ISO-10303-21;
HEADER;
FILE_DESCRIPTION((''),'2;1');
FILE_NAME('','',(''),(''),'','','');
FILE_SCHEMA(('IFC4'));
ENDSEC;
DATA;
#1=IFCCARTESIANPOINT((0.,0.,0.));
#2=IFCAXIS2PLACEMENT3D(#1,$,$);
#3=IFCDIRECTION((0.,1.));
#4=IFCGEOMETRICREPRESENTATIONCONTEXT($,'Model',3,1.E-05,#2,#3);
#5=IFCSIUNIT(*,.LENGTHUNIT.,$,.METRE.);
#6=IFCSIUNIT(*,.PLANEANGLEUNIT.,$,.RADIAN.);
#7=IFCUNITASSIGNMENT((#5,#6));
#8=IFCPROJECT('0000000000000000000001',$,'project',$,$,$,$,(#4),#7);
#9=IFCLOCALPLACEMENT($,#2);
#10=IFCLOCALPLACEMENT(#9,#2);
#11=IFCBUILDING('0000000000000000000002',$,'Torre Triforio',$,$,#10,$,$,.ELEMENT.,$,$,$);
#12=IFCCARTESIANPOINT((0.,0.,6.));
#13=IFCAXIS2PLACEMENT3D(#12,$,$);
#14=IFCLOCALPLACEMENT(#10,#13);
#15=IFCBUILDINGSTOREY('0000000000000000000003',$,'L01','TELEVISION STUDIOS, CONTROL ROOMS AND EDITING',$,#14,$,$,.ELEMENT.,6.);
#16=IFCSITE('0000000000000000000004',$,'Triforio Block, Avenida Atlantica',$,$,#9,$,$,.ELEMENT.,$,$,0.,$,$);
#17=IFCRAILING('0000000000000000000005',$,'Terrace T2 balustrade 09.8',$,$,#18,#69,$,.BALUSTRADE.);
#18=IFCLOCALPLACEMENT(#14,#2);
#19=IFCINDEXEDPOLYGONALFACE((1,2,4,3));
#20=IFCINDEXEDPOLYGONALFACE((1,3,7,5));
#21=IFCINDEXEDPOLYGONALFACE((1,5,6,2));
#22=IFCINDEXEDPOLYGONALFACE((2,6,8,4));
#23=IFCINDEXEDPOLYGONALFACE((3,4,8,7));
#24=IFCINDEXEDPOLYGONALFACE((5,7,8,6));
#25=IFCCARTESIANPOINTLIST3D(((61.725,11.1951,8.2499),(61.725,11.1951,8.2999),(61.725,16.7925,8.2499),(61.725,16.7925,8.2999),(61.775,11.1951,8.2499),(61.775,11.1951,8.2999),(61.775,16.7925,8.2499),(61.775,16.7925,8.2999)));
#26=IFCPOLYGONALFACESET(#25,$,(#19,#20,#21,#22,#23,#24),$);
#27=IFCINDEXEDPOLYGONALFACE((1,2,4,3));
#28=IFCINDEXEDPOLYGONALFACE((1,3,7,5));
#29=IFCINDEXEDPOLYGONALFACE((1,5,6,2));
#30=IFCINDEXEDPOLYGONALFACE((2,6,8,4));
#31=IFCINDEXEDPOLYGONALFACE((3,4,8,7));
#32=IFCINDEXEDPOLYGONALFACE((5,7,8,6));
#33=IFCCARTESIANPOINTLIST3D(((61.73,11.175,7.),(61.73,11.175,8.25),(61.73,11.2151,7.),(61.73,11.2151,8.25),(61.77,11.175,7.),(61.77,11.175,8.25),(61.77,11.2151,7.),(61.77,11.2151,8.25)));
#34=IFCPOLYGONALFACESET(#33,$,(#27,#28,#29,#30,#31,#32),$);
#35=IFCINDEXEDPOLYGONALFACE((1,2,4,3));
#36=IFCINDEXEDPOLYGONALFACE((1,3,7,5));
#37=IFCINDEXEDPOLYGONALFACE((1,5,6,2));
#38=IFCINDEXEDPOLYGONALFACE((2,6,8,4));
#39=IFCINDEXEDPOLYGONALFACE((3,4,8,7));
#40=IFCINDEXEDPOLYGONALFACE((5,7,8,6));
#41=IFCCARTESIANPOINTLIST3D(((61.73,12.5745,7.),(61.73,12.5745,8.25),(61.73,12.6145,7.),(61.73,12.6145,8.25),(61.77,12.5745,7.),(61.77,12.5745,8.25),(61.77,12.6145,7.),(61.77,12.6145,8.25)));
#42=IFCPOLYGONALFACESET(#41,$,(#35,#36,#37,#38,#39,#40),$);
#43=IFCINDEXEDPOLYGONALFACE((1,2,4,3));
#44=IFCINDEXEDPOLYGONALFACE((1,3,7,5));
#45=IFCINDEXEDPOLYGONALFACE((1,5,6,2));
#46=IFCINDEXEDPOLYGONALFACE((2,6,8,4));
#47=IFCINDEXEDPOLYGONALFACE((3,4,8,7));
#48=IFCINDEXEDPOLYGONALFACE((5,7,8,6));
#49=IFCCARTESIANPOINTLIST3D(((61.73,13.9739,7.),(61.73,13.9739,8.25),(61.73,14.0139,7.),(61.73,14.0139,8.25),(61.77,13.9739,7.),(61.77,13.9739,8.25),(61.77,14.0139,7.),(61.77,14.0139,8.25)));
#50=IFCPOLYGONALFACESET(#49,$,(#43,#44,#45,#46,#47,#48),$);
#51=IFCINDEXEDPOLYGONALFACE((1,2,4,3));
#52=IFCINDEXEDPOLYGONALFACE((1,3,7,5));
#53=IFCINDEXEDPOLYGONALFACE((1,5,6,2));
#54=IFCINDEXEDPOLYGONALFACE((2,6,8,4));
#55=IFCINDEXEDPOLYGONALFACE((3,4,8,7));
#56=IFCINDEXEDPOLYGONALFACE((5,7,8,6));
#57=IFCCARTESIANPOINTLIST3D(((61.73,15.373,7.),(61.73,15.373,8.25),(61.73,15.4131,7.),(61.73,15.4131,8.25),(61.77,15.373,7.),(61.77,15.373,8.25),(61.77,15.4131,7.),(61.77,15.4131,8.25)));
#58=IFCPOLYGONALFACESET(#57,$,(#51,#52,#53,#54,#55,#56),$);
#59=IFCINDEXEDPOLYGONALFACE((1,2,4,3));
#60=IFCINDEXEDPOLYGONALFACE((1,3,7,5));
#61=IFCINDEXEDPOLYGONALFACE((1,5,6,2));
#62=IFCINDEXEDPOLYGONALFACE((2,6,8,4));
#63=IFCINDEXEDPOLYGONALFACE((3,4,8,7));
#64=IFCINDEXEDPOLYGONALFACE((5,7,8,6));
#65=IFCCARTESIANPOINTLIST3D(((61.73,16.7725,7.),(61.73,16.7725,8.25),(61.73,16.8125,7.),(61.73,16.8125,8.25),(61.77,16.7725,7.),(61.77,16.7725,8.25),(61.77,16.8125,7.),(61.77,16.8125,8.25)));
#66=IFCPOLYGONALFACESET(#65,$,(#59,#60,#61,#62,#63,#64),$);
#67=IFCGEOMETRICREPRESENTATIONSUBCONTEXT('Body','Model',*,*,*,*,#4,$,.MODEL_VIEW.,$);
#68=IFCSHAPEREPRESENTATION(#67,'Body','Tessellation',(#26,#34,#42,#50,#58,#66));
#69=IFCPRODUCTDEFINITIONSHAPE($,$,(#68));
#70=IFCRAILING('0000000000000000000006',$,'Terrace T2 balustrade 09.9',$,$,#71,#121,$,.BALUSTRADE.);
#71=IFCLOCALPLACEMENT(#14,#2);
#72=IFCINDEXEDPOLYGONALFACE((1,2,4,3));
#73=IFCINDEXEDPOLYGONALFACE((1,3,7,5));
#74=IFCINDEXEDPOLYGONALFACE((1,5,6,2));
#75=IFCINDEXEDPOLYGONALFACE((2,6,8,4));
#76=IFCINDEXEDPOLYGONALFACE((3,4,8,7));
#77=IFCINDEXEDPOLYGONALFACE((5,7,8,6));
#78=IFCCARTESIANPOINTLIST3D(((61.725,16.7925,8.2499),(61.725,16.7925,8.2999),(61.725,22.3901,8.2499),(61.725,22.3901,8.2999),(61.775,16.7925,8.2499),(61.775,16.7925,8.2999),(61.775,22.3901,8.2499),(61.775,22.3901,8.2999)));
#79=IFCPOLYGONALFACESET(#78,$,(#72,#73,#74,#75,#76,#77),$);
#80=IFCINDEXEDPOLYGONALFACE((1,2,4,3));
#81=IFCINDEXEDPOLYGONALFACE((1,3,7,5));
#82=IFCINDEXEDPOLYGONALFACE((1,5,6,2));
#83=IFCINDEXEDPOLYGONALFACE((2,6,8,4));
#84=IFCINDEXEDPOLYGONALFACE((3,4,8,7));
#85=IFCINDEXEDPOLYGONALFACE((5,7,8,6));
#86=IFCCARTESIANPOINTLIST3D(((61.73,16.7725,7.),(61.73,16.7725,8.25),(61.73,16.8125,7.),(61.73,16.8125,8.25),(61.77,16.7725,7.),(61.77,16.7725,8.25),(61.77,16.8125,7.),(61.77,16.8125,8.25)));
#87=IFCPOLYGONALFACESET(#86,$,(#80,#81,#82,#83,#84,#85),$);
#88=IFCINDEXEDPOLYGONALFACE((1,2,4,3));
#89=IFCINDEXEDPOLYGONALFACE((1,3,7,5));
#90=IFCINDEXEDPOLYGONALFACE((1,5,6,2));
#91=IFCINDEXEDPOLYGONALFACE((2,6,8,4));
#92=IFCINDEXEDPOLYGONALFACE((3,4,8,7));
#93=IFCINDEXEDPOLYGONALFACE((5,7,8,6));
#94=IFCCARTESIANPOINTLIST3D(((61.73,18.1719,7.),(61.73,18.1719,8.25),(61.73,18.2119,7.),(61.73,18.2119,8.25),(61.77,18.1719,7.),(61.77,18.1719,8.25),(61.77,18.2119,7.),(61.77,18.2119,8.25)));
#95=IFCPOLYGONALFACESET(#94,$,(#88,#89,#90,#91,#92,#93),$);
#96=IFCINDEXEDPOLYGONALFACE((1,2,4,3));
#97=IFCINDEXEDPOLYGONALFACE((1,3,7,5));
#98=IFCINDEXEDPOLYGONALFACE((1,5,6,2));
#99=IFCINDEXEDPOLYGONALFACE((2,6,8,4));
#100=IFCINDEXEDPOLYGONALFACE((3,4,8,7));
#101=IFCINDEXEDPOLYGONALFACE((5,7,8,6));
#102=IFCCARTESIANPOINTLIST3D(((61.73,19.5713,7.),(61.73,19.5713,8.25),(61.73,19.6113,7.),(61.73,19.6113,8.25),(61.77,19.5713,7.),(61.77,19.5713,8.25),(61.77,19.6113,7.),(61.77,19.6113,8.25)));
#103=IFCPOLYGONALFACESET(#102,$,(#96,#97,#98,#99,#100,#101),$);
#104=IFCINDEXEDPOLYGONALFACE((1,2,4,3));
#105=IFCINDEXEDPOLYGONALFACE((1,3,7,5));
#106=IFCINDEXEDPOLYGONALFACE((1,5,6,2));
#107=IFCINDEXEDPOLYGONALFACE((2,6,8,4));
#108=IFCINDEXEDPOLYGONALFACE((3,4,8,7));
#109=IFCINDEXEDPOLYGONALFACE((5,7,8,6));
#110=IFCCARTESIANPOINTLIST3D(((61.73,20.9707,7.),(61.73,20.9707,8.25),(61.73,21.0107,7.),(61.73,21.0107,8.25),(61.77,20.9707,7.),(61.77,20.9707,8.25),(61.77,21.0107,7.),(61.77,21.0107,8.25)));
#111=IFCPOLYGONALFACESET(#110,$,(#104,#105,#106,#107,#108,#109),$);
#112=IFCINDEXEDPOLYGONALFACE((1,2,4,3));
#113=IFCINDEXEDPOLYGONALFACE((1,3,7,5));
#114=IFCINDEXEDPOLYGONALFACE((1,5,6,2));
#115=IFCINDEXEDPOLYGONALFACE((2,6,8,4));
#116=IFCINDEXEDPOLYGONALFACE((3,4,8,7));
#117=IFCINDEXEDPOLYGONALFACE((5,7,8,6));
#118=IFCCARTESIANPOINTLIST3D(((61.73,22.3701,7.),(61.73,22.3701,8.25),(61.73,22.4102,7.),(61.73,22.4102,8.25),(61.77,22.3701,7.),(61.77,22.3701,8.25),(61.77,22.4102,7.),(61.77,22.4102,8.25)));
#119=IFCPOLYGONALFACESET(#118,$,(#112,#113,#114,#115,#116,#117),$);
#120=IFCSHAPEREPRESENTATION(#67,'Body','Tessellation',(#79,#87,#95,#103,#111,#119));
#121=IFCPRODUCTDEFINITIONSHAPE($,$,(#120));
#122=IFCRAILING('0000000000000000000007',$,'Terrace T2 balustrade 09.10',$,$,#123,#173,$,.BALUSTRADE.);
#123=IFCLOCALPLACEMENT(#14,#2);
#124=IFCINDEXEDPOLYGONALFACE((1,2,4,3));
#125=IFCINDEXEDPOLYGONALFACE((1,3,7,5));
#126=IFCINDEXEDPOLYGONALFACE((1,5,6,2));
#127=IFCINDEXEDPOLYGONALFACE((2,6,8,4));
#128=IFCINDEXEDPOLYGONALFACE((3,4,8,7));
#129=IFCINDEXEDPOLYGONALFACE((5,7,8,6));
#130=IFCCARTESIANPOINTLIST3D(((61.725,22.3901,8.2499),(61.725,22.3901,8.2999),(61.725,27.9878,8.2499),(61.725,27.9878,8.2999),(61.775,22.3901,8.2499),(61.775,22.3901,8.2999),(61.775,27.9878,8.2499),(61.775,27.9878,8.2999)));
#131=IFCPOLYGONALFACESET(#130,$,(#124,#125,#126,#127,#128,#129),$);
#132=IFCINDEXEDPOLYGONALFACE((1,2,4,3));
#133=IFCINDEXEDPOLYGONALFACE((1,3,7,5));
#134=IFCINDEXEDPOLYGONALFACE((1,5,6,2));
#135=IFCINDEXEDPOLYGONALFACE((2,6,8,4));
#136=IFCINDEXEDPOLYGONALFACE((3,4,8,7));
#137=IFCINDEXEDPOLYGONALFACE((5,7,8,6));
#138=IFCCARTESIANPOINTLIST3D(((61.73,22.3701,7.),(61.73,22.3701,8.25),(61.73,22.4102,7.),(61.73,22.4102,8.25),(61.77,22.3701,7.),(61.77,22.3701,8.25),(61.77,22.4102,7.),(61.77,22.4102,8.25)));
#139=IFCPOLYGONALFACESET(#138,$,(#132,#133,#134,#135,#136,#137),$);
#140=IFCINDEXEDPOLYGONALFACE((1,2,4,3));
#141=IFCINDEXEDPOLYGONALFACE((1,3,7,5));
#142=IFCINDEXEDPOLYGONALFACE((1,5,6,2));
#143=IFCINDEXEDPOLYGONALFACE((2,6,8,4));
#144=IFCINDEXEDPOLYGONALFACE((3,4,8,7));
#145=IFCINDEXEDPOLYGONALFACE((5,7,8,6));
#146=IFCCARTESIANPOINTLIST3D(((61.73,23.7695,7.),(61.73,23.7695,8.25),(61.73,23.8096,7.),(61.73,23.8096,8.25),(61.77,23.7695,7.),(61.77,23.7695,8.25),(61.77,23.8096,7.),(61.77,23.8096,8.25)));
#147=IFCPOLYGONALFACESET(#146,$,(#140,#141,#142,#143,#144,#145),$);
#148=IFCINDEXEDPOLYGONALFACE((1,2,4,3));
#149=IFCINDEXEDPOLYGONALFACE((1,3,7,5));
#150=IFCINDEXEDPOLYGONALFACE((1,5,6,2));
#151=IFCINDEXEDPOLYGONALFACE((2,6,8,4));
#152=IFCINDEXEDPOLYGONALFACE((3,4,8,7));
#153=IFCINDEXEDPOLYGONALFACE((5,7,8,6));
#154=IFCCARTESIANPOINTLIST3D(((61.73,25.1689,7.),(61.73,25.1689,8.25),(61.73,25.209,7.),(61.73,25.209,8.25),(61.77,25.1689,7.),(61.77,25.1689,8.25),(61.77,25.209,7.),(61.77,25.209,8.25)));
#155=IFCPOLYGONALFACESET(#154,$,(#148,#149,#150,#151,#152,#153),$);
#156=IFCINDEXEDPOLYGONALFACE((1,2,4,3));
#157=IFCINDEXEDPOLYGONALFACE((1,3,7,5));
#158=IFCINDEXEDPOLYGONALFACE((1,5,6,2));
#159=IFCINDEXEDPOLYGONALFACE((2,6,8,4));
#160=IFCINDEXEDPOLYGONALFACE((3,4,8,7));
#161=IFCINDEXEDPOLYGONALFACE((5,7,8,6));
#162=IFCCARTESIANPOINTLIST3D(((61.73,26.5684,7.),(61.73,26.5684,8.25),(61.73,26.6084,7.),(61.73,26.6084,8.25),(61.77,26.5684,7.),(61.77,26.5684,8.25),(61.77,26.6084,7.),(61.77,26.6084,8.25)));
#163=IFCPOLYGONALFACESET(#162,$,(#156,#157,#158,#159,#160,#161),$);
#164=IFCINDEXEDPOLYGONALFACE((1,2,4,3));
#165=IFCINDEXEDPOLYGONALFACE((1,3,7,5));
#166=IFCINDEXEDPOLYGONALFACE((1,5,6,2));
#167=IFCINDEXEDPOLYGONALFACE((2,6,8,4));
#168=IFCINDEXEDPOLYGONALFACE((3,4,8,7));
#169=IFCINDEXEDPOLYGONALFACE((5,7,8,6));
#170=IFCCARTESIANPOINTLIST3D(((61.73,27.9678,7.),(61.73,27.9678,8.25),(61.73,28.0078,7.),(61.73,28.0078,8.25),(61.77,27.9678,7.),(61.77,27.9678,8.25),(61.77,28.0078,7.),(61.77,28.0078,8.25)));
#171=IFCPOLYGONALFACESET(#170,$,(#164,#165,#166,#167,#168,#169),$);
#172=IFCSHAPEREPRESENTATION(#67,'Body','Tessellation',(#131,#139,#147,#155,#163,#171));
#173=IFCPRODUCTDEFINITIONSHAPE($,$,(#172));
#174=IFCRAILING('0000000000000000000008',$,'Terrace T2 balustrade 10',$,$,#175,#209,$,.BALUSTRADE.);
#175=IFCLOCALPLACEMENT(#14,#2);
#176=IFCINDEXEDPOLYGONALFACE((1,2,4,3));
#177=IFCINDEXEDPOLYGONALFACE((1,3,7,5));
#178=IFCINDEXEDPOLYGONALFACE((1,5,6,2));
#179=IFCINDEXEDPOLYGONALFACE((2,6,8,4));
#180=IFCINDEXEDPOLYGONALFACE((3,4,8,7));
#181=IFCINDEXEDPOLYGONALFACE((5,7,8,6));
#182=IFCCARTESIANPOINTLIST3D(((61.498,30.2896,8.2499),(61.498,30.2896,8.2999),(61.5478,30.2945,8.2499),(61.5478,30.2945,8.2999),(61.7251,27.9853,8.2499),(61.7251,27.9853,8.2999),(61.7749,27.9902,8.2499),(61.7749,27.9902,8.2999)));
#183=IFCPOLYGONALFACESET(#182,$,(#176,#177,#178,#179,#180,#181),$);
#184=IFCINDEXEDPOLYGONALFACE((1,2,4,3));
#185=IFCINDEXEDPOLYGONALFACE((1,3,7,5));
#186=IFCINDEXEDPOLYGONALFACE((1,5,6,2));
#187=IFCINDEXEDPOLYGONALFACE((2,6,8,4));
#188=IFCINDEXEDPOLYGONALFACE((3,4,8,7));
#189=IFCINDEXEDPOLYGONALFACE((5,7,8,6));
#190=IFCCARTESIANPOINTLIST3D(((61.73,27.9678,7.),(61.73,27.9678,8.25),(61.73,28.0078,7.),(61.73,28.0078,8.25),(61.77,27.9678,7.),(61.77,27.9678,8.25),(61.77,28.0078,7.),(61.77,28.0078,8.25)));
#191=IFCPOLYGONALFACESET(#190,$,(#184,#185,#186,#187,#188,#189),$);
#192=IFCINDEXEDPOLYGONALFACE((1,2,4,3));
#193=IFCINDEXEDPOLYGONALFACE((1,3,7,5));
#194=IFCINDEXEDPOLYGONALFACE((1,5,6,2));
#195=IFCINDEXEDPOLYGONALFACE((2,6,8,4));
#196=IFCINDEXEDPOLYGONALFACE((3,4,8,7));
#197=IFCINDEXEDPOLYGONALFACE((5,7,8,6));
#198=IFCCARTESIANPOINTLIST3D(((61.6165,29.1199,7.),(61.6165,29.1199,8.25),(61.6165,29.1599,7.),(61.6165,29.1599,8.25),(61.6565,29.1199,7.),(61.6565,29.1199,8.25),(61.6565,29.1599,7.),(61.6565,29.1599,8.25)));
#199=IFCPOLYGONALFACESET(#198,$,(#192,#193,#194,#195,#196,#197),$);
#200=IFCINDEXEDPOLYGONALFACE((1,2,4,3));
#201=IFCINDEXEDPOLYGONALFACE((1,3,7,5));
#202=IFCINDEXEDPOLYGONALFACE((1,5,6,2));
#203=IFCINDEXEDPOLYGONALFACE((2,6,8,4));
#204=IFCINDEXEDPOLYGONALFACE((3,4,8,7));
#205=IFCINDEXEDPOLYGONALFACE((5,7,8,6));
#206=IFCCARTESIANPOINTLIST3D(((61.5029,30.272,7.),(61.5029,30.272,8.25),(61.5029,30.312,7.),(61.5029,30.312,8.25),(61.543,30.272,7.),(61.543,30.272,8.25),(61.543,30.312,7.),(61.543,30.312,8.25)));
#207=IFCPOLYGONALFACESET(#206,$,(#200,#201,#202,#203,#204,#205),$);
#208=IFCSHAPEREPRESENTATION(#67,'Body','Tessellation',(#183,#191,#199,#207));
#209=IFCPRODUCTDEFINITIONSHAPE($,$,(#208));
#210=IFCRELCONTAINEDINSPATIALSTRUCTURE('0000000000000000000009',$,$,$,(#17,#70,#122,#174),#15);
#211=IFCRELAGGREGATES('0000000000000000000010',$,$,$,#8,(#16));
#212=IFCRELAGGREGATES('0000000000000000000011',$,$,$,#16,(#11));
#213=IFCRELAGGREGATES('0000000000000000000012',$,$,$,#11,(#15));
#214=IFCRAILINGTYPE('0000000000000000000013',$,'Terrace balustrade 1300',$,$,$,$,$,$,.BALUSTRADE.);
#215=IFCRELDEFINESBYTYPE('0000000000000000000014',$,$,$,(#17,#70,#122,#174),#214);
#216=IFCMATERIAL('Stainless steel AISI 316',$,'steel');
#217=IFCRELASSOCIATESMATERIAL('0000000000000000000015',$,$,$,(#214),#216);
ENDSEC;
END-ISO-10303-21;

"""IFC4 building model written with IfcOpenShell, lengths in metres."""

from ifc_helpers import new_model, si_unit, direction, frame, origin, origin_2d, place, context, subcontext, project, spatial, rectangle, extrude, material, type_object, element, save


model = new_model("IFC4")

# Units and contexts
model_context = context("Model", 3, precision=1e-05, world=origin(), true_north=direction((0.0, 1.0)))
body_context = subcontext(model_context, "Body", "Model", "MODEL_VIEW")
ifc_project = project(units=[si_unit("LENGTHUNIT", "METRE"), si_unit("PLANEANGLEUNIT", "RADIAN")], contexts=[model_context])

# Site, building, storey
site_placement = place(None, origin())
site = spatial("IfcSite", under=ifc_project, at=site_placement, Name="Triforio Block, Avenida Atlantica", CompositionType="ELEMENT", RefElevation=0.0)
building_placement = place(site_placement, origin())
building = spatial("IfcBuilding", under=site, at=building_placement, Name="Torre Triforio", CompositionType="ELEMENT")
storey_placement = place(building_placement, frame((0.0, 0.0, 6.0)))
storey = spatial("IfcBuildingStorey", under=building, at=storey_placement, Name="L01", Description="TELEVISION STUDIOS, CONTROL ROOMS AND EDITING", CompositionType="ELEMENT", Elevation=6.0)

# Railings
ifc_material_1 = material(Name="Stainless steel AISI 316", Category="steel")
railing_type = type_object("IfcRailingType", Name="Terrace balustrade 1300", PredefinedType="BALUSTRADE", material=ifc_material_1)
railing_1_placement = place(storey_placement, frame((61.75, 11.1951, 7.0)))
element("IfcRailing", 1, at=railing_1_placement, inside=storey, type_object=railing_type, Name="Terrace T2 balustrade 09.8", PredefinedType="BALUSTRADE", context=body_context, shape_type="SweptSolid", body=[
    extrude(rectangle(XDim=0.05, YDim=0.05, at=origin_2d()), frame((0.0, 0.0, 1.2749), z_axis=(0.0, 1.0, 0.0), x_axis=(-1.0, 0.0, 0.0)), (0.0, 0.0, 1.0), 5.5974),
    extrude(rectangle(XDim=0.04, YDim=0.04, at=origin_2d()), origin(), (0.0, 0.0, 1.0), 1.25),
    extrude(rectangle(XDim=0.04, YDim=0.04, at=origin_2d()), frame((0.0, 1.3994, 0.0)), (0.0, 0.0, 1.0), 1.25),
    extrude(rectangle(XDim=0.04, YDim=0.04, at=origin_2d()), frame((0.0, 2.7988, 0.0)), (0.0, 0.0, 1.0), 1.25),
    extrude(rectangle(XDim=0.04, YDim=0.04, at=origin_2d()), frame((0.0, 4.198, 0.0)), (0.0, 0.0, 1.0), 1.25),
    extrude(rectangle(XDim=0.04, YDim=0.04, at=origin_2d()), frame((0.0, 5.5974, 0.0)), (0.0, 0.0, 1.0), 1.25),
])
for number, where, name in (
    (2, (61.75, 16.7925, 7.0), "Terrace T2 balustrade 09.9"),
    (3, (61.75, 22.3901, 7.0), "Terrace T2 balustrade 09.10"),
):
    element("IfcRailing", number, at=place(storey_placement, frame(where)), inside=storey, type_object=railing_type, Name=name, PredefinedType="BALUSTRADE", context=body_context, shape_type="SweptSolid", body=[
        extrude(rectangle(XDim=0.05, YDim=0.05, at=origin_2d()), frame((0.0, 0.0, 1.2749), z_axis=(0.0, 1.0, 0.0), x_axis=(-1.0, 0.0, 0.0)), (0.0, 0.0, 1.0), 5.5977),
        extrude(rectangle(XDim=0.04, YDim=0.04, at=origin_2d()), origin(), (0.0, 0.0, 1.0), 1.25),
        extrude(rectangle(XDim=0.04, YDim=0.04, at=origin_2d()), frame((0.0, 1.3994, 0.0)), (0.0, 0.0, 1.0), 1.25),
        extrude(rectangle(XDim=0.04, YDim=0.04, at=origin_2d()), frame((0.0, 2.7988, 0.0)), (0.0, 0.0, 1.0), 1.25),
        extrude(rectangle(XDim=0.04, YDim=0.04, at=origin_2d()), frame((0.0, 4.1982, 0.0)), (0.0, 0.0, 1.0), 1.25),
        extrude(rectangle(XDim=0.04, YDim=0.04, at=origin_2d()), frame((0.0, 5.5977, 0.0)), (0.0, 0.0, 1.0), 1.25),
    ])
railing_2_placement = place(storey_placement, frame((61.75, 27.9878, 7.0)))
element("IfcRailing", 4, at=railing_2_placement, inside=storey, type_object=railing_type, Name="Terrace T2 balustrade 10", PredefinedType="BALUSTRADE", context=body_context, shape_type="SweptSolid", body=[
    extrude(rectangle(XDim=0.05, YDim=0.05, at=origin_2d()), frame((0.0, 0.0, 1.2749), z_axis=(-0.098063, 0.99518, 0.0), x_axis=(-0.99518, -0.098063, 0.0)), (0.0, 0.0, 1.0), 2.3154),
    extrude(rectangle(XDim=0.04, YDim=0.04, at=origin_2d()), origin(), (0.0, 0.0, 1.0), 1.25),
    extrude(rectangle(XDim=0.04, YDim=0.04, at=origin_2d()), frame((-0.1135, 1.1521, 0.0)), (0.0, 0.0, 1.0), 1.25),
    extrude(rectangle(XDim=0.04, YDim=0.04, at=origin_2d()), frame((-0.2271, 2.3042, 0.0)), (0.0, 0.0, 1.0), 1.25),
])

save(model, "model.ifc")
